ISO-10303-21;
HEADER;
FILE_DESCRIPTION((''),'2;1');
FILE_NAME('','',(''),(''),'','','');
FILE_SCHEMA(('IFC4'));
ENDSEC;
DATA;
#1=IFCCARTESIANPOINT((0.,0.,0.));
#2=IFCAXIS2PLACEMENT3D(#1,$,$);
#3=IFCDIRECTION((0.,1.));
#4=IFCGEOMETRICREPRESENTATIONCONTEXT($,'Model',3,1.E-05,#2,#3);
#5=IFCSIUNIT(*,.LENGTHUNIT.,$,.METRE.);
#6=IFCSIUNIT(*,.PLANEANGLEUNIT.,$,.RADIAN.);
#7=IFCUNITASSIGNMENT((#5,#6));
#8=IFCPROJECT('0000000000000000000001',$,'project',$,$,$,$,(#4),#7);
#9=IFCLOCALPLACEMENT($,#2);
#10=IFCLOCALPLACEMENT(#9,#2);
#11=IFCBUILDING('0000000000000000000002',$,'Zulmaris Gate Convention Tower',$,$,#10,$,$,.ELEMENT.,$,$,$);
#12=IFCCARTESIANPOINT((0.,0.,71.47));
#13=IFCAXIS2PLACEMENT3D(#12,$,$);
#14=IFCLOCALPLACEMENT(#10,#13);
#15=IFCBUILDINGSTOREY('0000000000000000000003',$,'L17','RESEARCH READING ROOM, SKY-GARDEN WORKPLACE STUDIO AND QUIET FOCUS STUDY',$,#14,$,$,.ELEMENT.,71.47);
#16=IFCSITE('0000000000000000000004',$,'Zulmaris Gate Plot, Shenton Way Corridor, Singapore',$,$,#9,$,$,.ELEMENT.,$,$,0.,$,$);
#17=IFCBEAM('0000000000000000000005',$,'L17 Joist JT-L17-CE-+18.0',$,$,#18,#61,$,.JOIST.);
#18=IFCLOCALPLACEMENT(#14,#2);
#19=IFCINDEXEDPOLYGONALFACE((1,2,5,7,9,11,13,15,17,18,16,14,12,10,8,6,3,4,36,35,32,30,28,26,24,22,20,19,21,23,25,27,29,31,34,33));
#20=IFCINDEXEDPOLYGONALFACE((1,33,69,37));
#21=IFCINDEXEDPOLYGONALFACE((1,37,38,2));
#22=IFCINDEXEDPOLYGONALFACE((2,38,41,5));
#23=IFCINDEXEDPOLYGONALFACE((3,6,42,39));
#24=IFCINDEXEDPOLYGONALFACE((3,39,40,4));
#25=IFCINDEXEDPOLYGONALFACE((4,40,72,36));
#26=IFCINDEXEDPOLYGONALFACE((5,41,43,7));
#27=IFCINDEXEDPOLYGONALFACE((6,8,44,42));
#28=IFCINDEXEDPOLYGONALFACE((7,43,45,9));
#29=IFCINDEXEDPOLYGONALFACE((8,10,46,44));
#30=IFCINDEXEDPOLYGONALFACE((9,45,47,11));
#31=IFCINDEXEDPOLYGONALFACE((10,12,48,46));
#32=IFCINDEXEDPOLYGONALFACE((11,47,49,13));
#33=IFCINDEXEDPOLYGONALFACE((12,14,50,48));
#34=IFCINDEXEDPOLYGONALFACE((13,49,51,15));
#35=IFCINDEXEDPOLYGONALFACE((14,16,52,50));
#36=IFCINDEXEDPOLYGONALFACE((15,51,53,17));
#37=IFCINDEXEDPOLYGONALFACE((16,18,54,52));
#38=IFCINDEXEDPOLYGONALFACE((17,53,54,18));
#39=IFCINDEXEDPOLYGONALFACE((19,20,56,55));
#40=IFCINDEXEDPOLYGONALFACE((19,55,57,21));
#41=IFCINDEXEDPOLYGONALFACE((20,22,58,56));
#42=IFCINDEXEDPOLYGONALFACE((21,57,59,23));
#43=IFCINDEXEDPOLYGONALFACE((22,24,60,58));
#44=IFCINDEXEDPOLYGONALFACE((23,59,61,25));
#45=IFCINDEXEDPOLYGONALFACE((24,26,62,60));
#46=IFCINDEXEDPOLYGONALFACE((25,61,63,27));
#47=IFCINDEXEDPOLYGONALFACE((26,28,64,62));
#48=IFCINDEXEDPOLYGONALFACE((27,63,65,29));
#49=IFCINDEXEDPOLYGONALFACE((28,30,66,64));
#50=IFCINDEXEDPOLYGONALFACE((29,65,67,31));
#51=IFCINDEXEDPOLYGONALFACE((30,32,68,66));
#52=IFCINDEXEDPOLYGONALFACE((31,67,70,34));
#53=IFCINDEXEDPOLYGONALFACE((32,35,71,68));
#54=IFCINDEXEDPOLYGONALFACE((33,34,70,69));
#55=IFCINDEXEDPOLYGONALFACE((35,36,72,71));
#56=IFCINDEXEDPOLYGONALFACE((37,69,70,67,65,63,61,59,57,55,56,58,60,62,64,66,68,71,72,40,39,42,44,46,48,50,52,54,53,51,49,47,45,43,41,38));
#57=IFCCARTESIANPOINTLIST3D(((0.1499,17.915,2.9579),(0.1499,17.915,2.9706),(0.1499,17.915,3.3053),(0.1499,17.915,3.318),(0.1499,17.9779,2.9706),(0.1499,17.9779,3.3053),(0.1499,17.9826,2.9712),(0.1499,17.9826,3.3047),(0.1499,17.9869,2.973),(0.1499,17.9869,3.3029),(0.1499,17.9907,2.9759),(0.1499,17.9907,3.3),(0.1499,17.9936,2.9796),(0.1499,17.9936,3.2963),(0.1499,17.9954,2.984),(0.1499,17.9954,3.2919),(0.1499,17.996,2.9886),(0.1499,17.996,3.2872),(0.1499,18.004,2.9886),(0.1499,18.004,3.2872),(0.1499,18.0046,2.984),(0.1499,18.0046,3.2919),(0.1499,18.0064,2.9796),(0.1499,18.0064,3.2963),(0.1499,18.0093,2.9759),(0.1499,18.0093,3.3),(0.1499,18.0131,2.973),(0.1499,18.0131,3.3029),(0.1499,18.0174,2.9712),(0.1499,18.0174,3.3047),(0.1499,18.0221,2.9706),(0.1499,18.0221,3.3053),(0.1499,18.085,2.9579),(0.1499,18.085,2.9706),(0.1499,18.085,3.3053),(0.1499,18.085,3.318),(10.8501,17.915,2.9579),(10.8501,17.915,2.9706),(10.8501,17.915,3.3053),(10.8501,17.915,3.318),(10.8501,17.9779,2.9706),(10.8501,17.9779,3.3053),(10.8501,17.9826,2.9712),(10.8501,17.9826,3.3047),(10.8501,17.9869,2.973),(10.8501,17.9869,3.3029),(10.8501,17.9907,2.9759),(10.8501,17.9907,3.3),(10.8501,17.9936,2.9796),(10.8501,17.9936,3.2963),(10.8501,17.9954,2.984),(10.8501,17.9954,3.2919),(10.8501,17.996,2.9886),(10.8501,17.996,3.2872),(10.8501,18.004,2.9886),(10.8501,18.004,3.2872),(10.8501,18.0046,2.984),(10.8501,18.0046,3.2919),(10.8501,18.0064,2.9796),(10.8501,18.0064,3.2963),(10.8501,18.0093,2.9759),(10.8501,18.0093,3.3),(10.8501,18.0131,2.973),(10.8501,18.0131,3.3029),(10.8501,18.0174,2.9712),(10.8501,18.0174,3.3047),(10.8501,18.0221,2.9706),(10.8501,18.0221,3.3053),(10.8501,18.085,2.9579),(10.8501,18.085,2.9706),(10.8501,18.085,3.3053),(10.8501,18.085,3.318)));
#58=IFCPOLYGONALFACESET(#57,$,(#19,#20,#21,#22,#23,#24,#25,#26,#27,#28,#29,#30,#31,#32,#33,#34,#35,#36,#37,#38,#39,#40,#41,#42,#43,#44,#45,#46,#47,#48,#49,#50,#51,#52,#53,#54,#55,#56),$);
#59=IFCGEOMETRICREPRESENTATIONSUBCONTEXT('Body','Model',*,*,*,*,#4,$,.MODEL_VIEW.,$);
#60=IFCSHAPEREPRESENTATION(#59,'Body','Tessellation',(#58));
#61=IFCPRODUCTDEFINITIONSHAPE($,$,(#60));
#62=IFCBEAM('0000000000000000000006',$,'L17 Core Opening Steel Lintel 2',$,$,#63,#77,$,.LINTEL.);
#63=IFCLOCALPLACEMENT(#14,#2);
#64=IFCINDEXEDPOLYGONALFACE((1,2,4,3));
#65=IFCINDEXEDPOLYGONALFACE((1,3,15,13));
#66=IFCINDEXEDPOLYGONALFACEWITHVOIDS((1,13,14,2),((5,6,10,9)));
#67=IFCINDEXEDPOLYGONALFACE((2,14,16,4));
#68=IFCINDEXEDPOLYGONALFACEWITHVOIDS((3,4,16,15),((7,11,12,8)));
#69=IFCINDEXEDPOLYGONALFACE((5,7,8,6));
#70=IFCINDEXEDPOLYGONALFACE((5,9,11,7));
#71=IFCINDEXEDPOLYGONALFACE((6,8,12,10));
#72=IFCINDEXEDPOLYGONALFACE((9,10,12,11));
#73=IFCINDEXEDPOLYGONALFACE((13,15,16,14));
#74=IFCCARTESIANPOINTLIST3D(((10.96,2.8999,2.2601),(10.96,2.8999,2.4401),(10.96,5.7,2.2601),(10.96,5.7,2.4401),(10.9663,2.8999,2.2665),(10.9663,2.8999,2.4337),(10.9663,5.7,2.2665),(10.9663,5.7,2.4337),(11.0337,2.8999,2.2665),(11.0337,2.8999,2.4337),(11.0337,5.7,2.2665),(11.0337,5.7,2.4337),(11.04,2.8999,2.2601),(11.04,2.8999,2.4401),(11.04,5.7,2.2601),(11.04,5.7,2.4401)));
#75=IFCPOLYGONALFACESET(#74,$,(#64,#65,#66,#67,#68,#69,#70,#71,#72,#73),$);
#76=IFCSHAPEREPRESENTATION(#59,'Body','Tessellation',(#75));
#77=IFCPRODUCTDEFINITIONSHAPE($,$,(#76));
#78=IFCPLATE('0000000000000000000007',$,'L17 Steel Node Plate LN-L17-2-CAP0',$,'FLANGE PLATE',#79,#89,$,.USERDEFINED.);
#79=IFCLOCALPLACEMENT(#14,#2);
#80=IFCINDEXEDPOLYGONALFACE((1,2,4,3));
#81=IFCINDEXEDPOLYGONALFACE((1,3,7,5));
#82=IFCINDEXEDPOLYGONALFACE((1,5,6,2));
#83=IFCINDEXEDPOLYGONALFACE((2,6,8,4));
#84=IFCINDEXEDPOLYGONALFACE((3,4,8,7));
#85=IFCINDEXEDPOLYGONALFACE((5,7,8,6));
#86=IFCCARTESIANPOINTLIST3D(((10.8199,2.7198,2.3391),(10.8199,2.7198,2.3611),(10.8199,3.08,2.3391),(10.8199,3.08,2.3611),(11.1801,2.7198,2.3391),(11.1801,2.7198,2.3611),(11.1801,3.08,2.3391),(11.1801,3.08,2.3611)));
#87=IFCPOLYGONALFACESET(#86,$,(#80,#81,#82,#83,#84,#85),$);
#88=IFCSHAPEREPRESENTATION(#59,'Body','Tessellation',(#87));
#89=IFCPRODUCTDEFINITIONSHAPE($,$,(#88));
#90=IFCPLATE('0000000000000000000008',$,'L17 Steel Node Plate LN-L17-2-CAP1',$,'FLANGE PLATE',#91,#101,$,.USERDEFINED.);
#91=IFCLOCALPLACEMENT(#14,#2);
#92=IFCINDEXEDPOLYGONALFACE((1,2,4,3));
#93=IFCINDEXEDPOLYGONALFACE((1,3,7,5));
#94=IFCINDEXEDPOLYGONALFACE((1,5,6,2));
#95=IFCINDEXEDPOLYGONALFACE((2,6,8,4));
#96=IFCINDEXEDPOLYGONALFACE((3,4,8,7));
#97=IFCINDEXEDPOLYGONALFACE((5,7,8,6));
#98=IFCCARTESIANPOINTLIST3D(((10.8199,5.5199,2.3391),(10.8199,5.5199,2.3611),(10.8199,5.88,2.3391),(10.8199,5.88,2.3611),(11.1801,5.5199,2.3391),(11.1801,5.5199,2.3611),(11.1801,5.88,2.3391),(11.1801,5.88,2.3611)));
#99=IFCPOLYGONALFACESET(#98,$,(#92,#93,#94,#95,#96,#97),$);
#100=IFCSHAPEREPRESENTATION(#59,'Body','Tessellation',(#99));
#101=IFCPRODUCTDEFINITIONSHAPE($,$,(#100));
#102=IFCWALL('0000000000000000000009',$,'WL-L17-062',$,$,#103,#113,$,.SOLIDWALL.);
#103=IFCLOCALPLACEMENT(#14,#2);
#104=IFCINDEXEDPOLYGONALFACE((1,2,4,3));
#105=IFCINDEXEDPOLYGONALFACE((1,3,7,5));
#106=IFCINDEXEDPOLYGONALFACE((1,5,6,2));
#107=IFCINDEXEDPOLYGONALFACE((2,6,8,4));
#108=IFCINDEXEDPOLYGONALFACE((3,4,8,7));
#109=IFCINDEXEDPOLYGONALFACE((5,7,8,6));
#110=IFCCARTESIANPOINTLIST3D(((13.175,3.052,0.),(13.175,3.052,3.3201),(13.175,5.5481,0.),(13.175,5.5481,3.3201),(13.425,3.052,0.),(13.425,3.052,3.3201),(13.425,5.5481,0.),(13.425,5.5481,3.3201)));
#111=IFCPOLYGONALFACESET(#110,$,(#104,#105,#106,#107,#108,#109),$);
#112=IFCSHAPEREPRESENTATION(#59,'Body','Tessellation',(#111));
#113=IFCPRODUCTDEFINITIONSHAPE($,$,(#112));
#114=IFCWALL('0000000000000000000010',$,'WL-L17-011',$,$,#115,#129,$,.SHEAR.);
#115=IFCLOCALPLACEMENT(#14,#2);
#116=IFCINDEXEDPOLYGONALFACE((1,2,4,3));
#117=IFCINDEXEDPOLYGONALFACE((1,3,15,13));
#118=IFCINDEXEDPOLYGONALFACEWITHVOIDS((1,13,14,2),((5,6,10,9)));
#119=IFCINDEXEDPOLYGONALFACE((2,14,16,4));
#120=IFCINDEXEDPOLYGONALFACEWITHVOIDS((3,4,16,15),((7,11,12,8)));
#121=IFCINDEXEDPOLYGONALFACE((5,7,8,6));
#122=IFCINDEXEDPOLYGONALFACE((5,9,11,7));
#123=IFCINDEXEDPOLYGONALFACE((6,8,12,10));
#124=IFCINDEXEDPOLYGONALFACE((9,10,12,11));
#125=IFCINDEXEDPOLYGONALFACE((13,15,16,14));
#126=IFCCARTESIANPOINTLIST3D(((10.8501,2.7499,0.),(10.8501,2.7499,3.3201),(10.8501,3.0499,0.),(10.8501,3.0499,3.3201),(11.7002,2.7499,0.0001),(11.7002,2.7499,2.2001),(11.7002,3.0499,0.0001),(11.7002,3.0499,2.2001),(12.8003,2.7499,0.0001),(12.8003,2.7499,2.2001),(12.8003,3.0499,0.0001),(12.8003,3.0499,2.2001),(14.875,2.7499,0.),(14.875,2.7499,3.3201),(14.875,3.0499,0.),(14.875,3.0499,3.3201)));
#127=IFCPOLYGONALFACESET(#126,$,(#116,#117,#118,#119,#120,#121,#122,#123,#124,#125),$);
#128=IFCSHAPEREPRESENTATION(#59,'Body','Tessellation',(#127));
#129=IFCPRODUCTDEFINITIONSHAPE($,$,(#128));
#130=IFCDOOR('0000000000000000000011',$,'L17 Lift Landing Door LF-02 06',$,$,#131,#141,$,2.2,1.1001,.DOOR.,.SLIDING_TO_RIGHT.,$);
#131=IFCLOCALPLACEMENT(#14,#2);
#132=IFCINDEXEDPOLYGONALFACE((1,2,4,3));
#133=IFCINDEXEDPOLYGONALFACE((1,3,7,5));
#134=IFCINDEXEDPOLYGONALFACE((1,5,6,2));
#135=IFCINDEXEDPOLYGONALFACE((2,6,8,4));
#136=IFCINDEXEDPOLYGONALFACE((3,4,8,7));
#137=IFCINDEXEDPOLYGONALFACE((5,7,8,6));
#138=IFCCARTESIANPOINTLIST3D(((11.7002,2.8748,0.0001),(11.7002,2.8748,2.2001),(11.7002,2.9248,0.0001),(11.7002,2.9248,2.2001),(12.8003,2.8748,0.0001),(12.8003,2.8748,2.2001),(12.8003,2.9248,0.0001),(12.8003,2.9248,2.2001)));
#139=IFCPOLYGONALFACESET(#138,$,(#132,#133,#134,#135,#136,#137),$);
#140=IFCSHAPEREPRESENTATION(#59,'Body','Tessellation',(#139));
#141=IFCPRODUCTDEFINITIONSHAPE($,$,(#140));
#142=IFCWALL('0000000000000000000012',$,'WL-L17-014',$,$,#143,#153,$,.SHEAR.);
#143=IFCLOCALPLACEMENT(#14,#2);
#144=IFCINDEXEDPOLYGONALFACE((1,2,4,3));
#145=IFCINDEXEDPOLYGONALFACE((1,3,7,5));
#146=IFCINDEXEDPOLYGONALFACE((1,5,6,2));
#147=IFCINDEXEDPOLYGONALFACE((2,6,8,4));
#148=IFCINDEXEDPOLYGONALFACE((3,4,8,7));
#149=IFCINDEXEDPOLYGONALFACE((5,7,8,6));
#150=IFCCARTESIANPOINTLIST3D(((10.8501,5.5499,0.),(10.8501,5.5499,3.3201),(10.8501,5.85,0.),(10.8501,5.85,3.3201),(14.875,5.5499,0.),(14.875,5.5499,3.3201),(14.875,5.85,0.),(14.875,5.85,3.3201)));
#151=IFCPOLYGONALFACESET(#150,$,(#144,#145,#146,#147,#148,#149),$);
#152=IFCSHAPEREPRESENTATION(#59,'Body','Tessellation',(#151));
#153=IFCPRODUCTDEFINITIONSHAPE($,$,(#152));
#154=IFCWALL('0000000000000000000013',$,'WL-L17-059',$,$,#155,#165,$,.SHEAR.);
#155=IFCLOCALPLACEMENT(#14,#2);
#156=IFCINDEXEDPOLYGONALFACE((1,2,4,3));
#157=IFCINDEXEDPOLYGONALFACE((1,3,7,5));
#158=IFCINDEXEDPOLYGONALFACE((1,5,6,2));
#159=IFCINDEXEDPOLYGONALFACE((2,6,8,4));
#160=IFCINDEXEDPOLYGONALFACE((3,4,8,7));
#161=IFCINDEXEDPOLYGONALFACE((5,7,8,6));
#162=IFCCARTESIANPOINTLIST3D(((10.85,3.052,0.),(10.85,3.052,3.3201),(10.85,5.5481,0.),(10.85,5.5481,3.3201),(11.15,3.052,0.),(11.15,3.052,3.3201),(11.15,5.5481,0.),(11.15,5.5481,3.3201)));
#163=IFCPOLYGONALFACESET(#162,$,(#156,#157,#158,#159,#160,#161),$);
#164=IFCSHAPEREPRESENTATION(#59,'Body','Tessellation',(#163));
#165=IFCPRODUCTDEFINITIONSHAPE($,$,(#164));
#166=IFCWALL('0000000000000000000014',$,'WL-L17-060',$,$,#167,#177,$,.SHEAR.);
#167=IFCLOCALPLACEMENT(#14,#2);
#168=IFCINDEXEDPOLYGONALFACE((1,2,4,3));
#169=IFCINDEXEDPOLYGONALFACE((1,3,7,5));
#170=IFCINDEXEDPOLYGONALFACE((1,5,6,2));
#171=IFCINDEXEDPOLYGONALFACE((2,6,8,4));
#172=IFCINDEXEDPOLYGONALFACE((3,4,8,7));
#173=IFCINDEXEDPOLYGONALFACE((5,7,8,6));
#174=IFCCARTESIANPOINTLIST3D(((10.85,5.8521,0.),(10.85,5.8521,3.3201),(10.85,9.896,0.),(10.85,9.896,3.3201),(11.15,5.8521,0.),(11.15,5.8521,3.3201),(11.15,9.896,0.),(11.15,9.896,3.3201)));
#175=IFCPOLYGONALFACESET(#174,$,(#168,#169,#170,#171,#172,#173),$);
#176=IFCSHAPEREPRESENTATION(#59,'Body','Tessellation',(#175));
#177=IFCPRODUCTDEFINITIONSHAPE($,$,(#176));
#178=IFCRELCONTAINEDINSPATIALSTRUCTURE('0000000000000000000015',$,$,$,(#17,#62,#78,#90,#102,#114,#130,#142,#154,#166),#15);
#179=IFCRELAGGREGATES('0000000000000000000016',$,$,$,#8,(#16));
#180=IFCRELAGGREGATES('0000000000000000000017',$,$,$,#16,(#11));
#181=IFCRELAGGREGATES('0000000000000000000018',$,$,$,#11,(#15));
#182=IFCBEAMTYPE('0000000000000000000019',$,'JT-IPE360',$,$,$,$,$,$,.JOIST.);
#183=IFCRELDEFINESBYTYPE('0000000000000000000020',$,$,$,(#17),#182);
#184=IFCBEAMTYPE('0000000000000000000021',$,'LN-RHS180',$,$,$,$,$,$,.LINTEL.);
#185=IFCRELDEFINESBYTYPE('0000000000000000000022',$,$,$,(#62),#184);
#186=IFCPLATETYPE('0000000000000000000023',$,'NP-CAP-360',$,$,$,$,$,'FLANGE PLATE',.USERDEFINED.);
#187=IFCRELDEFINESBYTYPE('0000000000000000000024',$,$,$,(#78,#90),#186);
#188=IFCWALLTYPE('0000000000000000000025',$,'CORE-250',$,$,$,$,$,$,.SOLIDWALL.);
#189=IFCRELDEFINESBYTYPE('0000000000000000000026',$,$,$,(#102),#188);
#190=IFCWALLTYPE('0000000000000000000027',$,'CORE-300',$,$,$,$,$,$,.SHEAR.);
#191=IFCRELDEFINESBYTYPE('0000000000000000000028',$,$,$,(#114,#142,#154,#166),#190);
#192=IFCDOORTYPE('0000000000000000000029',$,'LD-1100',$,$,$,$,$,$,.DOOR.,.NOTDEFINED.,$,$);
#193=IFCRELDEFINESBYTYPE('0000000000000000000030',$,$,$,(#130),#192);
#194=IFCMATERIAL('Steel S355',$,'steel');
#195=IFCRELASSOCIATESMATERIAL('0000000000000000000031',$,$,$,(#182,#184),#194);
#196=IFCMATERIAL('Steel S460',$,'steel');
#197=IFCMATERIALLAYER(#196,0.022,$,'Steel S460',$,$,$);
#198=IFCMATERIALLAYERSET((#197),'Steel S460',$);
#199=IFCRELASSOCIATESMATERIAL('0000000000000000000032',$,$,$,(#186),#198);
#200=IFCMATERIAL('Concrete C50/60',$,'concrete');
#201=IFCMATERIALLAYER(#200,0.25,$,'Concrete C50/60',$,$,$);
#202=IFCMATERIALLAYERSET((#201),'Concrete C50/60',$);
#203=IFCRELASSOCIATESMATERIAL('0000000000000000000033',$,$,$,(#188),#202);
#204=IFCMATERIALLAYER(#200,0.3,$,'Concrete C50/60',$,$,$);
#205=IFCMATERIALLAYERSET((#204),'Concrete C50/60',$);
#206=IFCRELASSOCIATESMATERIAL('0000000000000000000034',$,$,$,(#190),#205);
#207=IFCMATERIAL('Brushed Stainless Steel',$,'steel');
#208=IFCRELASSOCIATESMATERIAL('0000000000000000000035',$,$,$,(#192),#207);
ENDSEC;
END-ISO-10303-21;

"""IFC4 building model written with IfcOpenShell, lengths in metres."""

from ifc_helpers import new_model, si_unit, direction, frame, frame_2d, origin, origin_2d, place, context, subcontext, project, spatial, rectangle, hollow_rectangle, i_section, extrude, material, layer, layer_set, material_profile, profile_set, type_object, element, fill, save


model = new_model("IFC4")

# Units and contexts
model_context = context("Model", 3, precision=1e-05, world=origin(), true_north=direction((0.0, 1.0)))
body_context = subcontext(model_context, "Body", "Model", "MODEL_VIEW")
ifc_project = project(units=[si_unit("LENGTHUNIT", "METRE"), si_unit("PLANEANGLEUNIT", "RADIAN")], contexts=[model_context])

# Site, building, storey
site_placement = place(None, origin())
site = spatial("IfcSite", under=ifc_project, at=site_placement, Name="Zulmaris Gate Plot, Shenton Way Corridor, Singapore", CompositionType="ELEMENT", RefElevation=0.0)
building_placement = place(site_placement, origin())
building = spatial("IfcBuilding", under=site, at=building_placement, Name="Zulmaris Gate Convention Tower", CompositionType="ELEMENT")
storey_placement = place(building_placement, frame((0.0, 0.0, 71.47)))
storey = spatial("IfcBuildingStorey", under=building, at=storey_placement, Name="L17", Description="RESEARCH READING ROOM, SKY-GARDEN WORKPLACE STUDIO AND QUIET FOCUS STUDY", CompositionType="ELEMENT", Elevation=71.47)

# Beams
ifc_material_1 = material(Name="Steel S355", Category="steel")
ifc_material_profile_1 = material_profile(ifc_material_1, i_section(OverallWidth=0.1699, OverallDepth=0.3601, WebThickness=0.0081, FlangeThickness=0.0127, FilletRadius=0.0181, at=origin_2d()), Name="IPE 360")
ifc_profile_set_1 = profile_set([ifc_material_profile_1], Name="Steel S355")
beam_type_1 = type_object("IfcBeamType", Name="JT-IPE360", PredefinedType="JOIST", material=ifc_profile_set_1)
for number, where, z_axis, x_axis, name in (
    (1, (0.1499, 18.0, 3.1379), (1.0, 0.0, 0.0), (0.0, 1.0, 0.0), "L17 Joist JT-L17-CE-+18.0"),
):
    element("IfcBeam", number, at=place(storey_placement, frame(where, z_axis=z_axis, x_axis=x_axis)), inside=storey, type_object=beam_type_1, Name=name, PredefinedType="JOIST", context=body_context, shape_type="SweptSolid", body=[
        extrude(i_section(OverallWidth=0.1699, OverallDepth=0.3601, WebThickness=0.0081, FlangeThickness=0.0127, FilletRadius=0.0181, at=origin_2d()), origin(), (0.0, 0.0, 1.0), 10.7002),
    ])
ifc_material_profile_2 = material_profile(ifc_material_1, hollow_rectangle(XDim=0.0801, YDim=0.1799, WallThickness=0.0063, at=origin_2d()), Name="RHS 180x80x6.3")
ifc_profile_set_2 = profile_set([ifc_material_profile_2], Name="Steel S355")
beam_type_2 = type_object("IfcBeamType", Name="LN-RHS180", PredefinedType="LINTEL", material=ifc_profile_set_2)
beam_1_placement = place(storey_placement, frame((11.0, 2.8999, 2.3501), z_axis=(0.0, 1.0, 0.0), x_axis=(-1.0, 0.0, 0.0)))
element("IfcBeam", 2, at=beam_1_placement, inside=storey, type_object=beam_type_2, Name="L17 Core Opening Steel Lintel 2", PredefinedType="LINTEL", context=body_context, shape_type="SweptSolid", body=[
    extrude(hollow_rectangle(XDim=0.0801, YDim=0.1799, WallThickness=0.0063, at=origin_2d()), origin(), (0.0, 0.0, 1.0), 2.8),
])

# Plates
ifc_material_2 = material(Name="Steel S460", Category="steel")
ifc_layer_1 = layer(ifc_material_2, 0.022, Name="Steel S460")
ifc_layer_set_1 = layer_set([ifc_layer_1], Name="Steel S460")
plate_type = type_object("IfcPlateType", Name="NP-CAP-360", ElementType="FLANGE PLATE", PredefinedType="USERDEFINED", material=ifc_layer_set_1)
for number, where, z_axis, x_axis, name in (
    (3, (11.0, 2.8999, 2.3391), (0.0, 0.0, 1.0), (1.0, 0.0, 0.0), "L17 Steel Node Plate LN-L17-2-CAP0"),
    (4, (11.0, 5.7, 2.3391), (0.0, 0.0, 1.0), (1.0, 0.0, 0.0), "L17 Steel Node Plate LN-L17-2-CAP1"),
):
    element("IfcPlate", number, at=place(storey_placement, frame(where, z_axis=z_axis, x_axis=x_axis)), inside=storey, type_object=plate_type, Name=name, ObjectType="FLANGE PLATE", PredefinedType="USERDEFINED", context=body_context, shape_type="SweptSolid", body=[
        extrude(rectangle(XDim=0.3601, YDim=0.3601, at=origin_2d()), origin(), (0.0, 0.0, 1.0), 0.022),
    ])

# Wall
ifc_material_3 = material(Name="Concrete C50/60", Category="concrete")
ifc_layer_2 = layer(ifc_material_3, 0.25, Name="Concrete C50/60")
ifc_layer_set_2 = layer_set([ifc_layer_2], Name="Concrete C50/60")
wall_type_1 = type_object("IfcWallType", Name="CORE-250", PredefinedType="SOLIDWALL", material=ifc_layer_set_2)
wall_1_placement = place(storey_placement, frame((13.3, 3.052, 0.0), z_axis=(0.0, 0.0, 1.0), x_axis=(0.0, 1.0, 0.0)))
element("IfcWall", 5, at=wall_1_placement, inside=storey, type_object=wall_type_1, Name="WL-L17-062", PredefinedType="SOLIDWALL", context=body_context, shape_type="SweptSolid", body=[
    extrude(rectangle(XDim=2.4961, YDim=0.25, at=frame_2d((1.248, 0.0))), origin(), (0.0, 0.0, 1.0), 3.3201),
])

# Wall, opening, door
ifc_layer_3 = layer(ifc_material_3, 0.3, Name="Concrete C50/60")
ifc_layer_set_3 = layer_set([ifc_layer_3], Name="Concrete C50/60")
wall_type_2 = type_object("IfcWallType", Name="CORE-300", PredefinedType="SHEAR", material=ifc_layer_set_3)
wall_2_placement = place(storey_placement, frame((10.8501, 2.8999, 0.0), z_axis=(0.0, 0.0, 1.0), x_axis=(1.0, 0.0, 0.0)))
wall_2 = element("IfcWall", 6, at=wall_2_placement, inside=storey, type_object=wall_type_2, Name="WL-L17-011", PredefinedType="SHEAR", context=body_context, shape_type="SweptSolid", body=[
    extrude(rectangle(XDim=4.0249, YDim=0.3, at=frame_2d((2.0125, 0.0))), origin(), (0.0, 0.0, 1.0), 3.3201),
])
opening_1_placement = place(wall_2_placement, frame((0.8501, 0.0, 0.0)))
opening_1 = element("IfcOpeningElement", 7, at=opening_1_placement, cuts=wall_2, PredefinedType="OPENING", context=body_context, shape_type="SweptSolid", body=[
    extrude(rectangle(XDim=1.1001, YDim=2.2, at=frame_2d((0.55, 1.1001))), frame((0.0, 0.1602, 0.0), z_axis=(0.0, -1.0, 0.0), x_axis=(1.0, 0.0, 0.0)), (0.0, 0.0, 1.0), 0.3201),
])
ifc_material_4 = material(Name="Brushed Stainless Steel", Category="steel")
door_type_1 = type_object("IfcDoorType", Name="LD-1100", OperationType="NOTDEFINED", PredefinedType="DOOR", material=ifc_material_4)
door_1_placement = place(opening_1_placement, origin())
door_1 = element("IfcDoor", 8, at=door_1_placement, inside=storey, type_object=door_type_1, Name="L17 Lift Landing Door LF-02 06", OperationType="SLIDING_TO_RIGHT", OverallHeight=2.2, OverallWidth=1.1001, PredefinedType="DOOR", context=body_context, shape_type="SweptSolid", body=[
    extrude(rectangle(XDim=1.1001, YDim=2.2, at=frame_2d((0.55, 1.1001))), frame((0.0, 0.0249, 0.0), z_axis=(0.0, -1.0, 0.0), x_axis=(1.0, 0.0, 0.0)), (0.0, 0.0, 1.0), 0.05),
])
fill(opening_1, door_1)

# Wall
wall_3_placement = place(storey_placement, frame((10.8501, 5.7, 0.0), z_axis=(0.0, 0.0, 1.0), x_axis=(1.0, 0.0, 0.0)))
element("IfcWall", 9, at=wall_3_placement, inside=storey, type_object=wall_type_2, Name="WL-L17-014", PredefinedType="SHEAR", context=body_context, shape_type="SweptSolid", body=[
    extrude(rectangle(XDim=4.0249, YDim=0.3, at=frame_2d((2.0125, 0.0))), origin(), (0.0, 0.0, 1.0), 3.3201),
])

# Walls
wall_4_placement = place(storey_placement, frame((11.0, 3.052, 0.0), z_axis=(0.0, 0.0, 1.0), x_axis=(0.0, 1.0, 0.0)))
element("IfcWall", 10, at=wall_4_placement, inside=storey, type_object=wall_type_2, Name="WL-L17-059", PredefinedType="SHEAR", context=body_context, shape_type="SweptSolid", body=[
    extrude(rectangle(XDim=2.4961, YDim=0.3, at=frame_2d((1.248, 0.0))), origin(), (0.0, 0.0, 1.0), 3.3201),
])
wall_5_placement = place(storey_placement, frame((11.0, 5.8521, 0.0), z_axis=(0.0, 0.0, 1.0), x_axis=(0.0, 1.0, 0.0)))
element("IfcWall", 11, at=wall_5_placement, inside=storey, type_object=wall_type_2, Name="WL-L17-060", PredefinedType="SHEAR", context=body_context, shape_type="SweptSolid", body=[
    extrude(rectangle(XDim=4.0439, YDim=0.3, at=frame_2d((2.022, 0.0))), origin(), (0.0, 0.0, 1.0), 3.3201),
])

save(model, "model.ifc")
